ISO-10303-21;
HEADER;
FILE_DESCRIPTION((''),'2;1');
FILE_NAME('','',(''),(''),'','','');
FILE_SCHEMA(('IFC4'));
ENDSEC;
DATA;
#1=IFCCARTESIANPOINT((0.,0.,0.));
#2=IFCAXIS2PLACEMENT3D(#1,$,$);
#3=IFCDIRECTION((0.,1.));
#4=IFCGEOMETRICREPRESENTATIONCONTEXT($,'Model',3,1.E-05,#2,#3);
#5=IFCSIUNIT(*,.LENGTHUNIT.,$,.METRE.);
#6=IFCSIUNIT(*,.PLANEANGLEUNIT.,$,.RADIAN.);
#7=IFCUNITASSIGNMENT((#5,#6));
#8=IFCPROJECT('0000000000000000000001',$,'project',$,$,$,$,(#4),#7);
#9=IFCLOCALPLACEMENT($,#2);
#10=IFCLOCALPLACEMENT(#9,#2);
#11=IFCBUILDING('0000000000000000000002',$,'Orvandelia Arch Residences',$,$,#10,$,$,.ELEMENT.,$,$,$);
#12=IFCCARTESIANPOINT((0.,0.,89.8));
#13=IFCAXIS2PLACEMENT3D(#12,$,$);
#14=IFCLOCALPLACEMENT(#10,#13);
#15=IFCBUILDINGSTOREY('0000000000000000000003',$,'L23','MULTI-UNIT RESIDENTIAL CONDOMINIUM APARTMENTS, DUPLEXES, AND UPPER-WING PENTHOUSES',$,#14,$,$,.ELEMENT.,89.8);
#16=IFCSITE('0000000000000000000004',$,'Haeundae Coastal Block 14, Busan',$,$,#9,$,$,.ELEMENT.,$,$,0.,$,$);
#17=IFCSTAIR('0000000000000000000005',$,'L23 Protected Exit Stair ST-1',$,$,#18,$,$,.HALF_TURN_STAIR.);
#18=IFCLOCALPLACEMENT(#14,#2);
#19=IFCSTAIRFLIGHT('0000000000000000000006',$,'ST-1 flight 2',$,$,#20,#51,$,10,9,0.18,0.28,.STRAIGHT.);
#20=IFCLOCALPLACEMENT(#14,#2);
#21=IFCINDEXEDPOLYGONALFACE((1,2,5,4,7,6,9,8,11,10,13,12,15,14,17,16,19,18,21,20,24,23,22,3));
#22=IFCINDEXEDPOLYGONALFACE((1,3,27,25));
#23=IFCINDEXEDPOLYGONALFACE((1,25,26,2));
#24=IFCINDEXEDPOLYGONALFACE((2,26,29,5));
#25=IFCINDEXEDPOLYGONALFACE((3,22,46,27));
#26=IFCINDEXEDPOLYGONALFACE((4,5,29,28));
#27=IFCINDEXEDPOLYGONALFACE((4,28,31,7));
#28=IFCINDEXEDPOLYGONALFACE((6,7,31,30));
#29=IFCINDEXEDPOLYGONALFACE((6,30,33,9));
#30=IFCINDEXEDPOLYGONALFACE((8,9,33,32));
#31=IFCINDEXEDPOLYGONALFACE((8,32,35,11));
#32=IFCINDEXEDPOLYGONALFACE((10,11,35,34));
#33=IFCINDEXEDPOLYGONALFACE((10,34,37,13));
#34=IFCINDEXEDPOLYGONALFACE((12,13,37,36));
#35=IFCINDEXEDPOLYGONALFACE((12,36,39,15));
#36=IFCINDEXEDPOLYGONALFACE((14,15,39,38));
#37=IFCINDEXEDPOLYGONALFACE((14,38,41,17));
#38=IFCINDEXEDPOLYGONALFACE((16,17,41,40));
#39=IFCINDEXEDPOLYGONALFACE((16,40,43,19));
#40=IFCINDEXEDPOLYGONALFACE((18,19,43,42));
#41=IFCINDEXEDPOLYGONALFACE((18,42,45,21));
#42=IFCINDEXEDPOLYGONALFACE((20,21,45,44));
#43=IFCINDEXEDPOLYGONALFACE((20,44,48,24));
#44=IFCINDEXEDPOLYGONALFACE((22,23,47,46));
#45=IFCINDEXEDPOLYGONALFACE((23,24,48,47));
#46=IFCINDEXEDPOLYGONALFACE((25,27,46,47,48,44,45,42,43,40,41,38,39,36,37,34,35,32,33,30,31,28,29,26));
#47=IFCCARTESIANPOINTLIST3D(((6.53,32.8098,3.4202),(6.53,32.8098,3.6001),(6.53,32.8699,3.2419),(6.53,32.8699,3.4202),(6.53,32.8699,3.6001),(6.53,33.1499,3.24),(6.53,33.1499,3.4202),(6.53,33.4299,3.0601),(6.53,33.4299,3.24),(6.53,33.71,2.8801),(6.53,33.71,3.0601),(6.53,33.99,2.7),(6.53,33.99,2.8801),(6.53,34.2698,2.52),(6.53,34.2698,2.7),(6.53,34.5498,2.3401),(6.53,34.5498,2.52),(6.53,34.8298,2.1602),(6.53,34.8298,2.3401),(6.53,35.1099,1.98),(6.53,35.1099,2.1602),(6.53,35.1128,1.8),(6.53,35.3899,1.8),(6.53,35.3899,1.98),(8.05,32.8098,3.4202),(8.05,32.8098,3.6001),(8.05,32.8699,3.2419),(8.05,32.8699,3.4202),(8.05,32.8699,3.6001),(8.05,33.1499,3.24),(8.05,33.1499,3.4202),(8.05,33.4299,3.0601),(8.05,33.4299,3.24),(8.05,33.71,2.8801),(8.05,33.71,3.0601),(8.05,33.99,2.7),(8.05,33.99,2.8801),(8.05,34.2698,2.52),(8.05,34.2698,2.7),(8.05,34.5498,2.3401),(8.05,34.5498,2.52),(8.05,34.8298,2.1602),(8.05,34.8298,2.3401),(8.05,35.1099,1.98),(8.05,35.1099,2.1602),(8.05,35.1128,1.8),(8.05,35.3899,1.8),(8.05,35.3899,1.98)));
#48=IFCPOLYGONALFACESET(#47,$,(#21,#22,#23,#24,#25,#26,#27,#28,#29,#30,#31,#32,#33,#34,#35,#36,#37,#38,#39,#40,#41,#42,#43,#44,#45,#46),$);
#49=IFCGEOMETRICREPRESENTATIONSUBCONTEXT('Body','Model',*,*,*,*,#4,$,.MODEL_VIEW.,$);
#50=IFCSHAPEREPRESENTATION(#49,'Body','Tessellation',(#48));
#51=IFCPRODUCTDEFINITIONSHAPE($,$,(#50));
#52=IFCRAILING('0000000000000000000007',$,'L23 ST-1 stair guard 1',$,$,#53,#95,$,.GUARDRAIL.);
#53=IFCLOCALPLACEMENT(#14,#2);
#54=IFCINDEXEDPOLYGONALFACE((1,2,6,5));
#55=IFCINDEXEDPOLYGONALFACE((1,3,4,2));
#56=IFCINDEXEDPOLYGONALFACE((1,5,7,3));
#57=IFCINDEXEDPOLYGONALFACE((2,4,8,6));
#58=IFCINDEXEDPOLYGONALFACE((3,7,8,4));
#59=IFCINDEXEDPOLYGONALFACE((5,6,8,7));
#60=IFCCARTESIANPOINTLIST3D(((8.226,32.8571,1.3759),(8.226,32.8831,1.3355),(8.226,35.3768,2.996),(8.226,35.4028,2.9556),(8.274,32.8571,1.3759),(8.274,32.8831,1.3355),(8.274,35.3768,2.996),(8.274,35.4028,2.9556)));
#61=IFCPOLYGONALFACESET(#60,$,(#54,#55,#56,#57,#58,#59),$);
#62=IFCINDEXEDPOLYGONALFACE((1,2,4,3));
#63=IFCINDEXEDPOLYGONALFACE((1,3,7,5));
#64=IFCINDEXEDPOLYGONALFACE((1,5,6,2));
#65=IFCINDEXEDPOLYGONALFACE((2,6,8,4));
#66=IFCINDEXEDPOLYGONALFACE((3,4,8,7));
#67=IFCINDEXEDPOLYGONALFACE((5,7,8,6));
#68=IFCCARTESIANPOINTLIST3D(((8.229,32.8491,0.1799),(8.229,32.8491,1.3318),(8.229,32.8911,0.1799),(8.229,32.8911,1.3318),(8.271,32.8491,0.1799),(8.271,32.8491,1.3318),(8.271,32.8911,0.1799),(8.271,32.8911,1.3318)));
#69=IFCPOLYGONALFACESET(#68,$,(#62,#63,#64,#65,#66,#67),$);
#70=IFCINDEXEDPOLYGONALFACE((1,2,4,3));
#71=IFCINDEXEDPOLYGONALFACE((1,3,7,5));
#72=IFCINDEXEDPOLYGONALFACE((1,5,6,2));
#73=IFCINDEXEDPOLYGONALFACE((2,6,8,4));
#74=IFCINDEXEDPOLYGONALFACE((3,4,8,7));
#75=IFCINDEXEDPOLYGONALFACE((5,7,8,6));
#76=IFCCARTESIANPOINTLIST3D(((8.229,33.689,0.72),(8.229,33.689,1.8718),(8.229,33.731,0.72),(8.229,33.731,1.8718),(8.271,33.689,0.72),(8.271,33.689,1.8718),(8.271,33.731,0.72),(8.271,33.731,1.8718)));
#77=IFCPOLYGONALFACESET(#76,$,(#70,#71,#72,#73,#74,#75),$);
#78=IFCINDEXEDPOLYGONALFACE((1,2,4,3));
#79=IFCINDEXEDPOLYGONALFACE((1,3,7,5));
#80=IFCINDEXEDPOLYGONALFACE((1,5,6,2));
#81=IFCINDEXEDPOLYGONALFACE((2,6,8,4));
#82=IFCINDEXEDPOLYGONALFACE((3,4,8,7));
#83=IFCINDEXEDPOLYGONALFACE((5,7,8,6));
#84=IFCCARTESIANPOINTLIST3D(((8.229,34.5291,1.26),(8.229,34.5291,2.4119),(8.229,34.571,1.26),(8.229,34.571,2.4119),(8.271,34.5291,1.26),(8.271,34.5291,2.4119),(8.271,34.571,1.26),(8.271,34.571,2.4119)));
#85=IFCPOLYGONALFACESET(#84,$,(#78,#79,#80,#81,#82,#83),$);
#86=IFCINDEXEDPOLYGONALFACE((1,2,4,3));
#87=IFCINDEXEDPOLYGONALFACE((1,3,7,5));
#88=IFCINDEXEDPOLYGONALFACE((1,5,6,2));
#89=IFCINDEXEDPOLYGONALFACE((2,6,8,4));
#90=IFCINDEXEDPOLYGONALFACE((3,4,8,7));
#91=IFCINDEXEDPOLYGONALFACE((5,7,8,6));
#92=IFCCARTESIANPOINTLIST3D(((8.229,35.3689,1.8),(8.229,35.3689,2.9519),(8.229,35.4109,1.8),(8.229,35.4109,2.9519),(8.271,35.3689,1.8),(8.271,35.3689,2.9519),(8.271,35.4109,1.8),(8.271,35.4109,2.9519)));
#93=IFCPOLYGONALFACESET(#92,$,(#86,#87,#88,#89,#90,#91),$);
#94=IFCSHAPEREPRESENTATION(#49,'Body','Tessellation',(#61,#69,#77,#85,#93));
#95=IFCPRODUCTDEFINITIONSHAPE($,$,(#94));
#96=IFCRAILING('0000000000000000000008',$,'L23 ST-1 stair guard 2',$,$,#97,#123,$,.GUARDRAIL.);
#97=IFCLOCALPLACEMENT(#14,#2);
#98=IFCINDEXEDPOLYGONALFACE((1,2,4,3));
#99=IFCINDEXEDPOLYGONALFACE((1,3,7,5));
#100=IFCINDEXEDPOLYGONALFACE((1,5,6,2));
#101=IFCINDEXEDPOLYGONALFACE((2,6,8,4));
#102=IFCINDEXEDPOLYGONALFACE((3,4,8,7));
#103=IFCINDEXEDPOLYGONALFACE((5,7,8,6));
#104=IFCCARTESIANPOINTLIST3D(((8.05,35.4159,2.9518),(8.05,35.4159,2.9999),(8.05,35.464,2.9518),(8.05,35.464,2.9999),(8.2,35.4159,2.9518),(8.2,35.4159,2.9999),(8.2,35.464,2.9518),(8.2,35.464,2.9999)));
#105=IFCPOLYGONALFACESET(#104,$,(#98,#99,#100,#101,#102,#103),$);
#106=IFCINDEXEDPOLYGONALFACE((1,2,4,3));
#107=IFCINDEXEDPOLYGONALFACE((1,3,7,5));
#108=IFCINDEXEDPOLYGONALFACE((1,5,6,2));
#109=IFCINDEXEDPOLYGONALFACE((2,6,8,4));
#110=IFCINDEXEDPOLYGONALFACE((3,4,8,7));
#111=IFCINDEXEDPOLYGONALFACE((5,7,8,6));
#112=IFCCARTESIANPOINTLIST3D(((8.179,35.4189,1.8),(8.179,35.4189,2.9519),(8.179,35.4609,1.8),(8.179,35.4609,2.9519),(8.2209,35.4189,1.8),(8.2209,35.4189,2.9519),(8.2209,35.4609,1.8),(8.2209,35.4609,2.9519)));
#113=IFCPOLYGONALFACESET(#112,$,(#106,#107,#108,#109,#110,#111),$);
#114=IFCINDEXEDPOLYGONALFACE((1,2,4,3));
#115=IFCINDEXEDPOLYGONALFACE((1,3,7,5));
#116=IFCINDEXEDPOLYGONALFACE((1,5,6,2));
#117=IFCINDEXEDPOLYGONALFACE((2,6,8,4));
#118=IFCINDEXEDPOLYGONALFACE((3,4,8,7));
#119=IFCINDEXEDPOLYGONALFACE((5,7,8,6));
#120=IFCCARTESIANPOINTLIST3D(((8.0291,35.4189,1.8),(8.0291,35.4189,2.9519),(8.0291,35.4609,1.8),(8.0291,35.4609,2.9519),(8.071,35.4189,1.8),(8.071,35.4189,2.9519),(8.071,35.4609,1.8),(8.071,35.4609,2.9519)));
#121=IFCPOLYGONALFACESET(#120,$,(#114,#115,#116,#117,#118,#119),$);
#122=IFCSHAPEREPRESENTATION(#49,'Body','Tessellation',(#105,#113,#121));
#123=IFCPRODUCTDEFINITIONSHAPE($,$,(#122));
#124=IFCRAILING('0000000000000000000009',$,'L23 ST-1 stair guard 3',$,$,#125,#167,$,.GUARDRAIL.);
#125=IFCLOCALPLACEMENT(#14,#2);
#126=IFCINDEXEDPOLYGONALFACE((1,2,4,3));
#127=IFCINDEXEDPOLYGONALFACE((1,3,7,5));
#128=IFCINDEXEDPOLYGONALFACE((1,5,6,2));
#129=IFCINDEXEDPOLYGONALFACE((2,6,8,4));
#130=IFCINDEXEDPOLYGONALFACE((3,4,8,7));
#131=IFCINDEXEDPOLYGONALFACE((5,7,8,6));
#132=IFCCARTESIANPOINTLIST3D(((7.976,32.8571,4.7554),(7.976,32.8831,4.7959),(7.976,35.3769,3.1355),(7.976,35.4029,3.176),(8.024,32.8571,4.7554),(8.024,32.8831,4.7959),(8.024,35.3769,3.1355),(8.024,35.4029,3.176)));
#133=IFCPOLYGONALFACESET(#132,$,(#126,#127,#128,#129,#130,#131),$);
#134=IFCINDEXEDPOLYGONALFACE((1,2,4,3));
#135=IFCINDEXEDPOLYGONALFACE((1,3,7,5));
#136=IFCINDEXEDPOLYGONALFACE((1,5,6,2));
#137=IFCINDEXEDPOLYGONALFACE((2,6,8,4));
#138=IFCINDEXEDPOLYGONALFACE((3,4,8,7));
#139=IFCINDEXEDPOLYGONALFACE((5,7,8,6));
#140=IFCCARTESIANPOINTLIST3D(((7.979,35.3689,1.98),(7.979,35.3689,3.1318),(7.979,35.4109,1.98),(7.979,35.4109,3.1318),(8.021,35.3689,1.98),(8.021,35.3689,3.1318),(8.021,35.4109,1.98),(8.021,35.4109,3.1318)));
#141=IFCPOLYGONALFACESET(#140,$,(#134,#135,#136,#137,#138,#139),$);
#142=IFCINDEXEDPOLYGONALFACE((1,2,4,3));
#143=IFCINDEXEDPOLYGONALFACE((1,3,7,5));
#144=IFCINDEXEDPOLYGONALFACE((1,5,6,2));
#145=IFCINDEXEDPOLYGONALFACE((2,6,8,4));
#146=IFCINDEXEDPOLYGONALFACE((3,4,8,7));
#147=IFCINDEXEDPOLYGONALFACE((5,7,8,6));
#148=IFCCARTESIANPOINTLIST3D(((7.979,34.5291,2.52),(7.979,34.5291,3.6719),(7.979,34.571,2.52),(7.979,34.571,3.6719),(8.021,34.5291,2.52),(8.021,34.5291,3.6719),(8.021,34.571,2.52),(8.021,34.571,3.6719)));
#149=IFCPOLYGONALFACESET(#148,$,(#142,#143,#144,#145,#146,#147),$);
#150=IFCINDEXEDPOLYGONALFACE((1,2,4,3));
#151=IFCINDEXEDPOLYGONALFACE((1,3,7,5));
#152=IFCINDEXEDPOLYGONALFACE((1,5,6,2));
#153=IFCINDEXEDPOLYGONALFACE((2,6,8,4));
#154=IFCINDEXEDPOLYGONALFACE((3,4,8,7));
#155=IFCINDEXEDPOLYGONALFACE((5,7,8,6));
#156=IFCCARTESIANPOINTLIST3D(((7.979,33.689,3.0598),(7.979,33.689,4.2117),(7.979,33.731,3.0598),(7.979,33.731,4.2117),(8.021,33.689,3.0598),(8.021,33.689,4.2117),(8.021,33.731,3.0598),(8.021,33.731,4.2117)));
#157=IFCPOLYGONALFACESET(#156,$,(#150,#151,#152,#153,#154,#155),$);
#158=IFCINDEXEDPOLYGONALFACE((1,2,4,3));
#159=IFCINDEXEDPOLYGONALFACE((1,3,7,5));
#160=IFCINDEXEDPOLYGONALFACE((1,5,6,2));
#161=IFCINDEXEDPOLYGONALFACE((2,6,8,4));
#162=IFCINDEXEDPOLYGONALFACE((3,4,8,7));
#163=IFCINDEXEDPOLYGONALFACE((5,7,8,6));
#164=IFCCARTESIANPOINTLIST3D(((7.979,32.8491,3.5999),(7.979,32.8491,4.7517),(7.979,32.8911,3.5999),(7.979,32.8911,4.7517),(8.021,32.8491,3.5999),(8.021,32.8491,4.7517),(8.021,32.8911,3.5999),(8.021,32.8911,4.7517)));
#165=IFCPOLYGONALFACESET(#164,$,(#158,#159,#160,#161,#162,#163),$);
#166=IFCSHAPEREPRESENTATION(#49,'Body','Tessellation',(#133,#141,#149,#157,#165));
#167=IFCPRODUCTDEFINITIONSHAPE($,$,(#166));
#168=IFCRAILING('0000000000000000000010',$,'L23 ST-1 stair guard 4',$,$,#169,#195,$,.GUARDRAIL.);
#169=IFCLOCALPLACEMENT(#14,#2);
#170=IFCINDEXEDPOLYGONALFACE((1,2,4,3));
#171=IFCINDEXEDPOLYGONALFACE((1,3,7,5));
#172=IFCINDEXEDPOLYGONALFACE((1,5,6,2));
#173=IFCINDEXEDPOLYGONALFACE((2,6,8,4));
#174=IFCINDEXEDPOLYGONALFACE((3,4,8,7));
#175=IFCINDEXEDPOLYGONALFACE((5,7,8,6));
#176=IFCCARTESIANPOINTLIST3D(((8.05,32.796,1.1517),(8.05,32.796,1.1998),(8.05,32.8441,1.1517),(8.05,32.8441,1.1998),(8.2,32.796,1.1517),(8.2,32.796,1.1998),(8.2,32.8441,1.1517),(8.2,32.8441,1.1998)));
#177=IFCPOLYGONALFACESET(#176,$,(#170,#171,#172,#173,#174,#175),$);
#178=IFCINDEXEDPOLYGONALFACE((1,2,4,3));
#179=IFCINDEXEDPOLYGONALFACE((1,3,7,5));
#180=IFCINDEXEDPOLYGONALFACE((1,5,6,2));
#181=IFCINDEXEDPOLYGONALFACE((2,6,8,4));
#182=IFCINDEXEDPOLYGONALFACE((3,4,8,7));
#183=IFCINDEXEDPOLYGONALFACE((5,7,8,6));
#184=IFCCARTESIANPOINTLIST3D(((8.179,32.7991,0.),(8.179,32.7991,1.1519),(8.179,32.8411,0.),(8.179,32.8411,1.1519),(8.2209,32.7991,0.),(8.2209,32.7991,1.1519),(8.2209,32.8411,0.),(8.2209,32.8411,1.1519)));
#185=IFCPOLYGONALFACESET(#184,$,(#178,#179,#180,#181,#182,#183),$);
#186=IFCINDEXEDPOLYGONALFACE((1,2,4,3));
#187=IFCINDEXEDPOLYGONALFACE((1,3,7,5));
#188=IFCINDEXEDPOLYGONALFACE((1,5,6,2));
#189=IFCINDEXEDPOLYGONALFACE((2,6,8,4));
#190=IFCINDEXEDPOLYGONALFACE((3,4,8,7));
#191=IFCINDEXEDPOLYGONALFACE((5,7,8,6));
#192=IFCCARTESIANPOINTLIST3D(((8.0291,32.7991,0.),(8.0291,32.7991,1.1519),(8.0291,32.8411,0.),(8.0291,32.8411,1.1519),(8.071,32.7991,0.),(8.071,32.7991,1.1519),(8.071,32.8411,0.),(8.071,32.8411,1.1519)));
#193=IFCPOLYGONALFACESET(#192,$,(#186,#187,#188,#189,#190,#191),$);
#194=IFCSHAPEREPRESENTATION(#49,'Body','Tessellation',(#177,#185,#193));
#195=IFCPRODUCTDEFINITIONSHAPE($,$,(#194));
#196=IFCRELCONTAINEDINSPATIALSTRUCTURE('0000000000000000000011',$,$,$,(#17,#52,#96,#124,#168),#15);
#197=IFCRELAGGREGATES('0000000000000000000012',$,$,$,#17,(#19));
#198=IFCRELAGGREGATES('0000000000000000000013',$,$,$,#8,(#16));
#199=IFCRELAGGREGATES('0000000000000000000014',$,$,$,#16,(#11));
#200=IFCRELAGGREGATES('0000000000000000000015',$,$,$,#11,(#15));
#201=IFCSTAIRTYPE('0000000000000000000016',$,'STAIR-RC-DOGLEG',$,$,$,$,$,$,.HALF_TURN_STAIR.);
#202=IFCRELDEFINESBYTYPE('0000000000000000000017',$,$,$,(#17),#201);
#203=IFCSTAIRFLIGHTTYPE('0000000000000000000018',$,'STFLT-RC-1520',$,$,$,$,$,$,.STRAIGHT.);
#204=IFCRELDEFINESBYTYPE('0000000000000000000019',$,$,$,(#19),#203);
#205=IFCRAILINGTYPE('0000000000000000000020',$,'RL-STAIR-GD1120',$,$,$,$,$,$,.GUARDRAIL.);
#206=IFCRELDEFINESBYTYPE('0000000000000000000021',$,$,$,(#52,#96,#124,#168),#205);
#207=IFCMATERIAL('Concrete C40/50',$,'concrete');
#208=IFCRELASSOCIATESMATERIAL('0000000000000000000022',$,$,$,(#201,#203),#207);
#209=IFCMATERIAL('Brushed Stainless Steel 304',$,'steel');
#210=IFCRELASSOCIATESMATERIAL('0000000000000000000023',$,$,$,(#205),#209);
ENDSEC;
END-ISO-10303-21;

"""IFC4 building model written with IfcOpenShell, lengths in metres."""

from ifc_helpers import new_model, si_unit, direction, frame, origin, origin_2d, place, context, subcontext, project, spatial, polyline, rectangle, outline, extrude, material, type_object, element, aggregate, save


model = new_model("IFC4")

# Units and contexts
model_context = context("Model", 3, precision=1e-05, world=origin(), true_north=direction((0.0, 1.0)))
body_context = subcontext(model_context, "Body", "Model", "MODEL_VIEW")
ifc_project = project(units=[si_unit("LENGTHUNIT", "METRE"), si_unit("PLANEANGLEUNIT", "RADIAN")], contexts=[model_context])

# Site, building, storey
site_placement = place(None, origin())
site = spatial("IfcSite", under=ifc_project, at=site_placement, Name="Haeundae Coastal Block 14, Busan", CompositionType="ELEMENT", RefElevation=0.0)
building_placement = place(site_placement, origin())
building = spatial("IfcBuilding", under=site, at=building_placement, Name="Orvandelia Arch Residences", CompositionType="ELEMENT")
storey_placement = place(building_placement, frame((0.0, 0.0, 89.8)))
storey = spatial("IfcBuildingStorey", under=building, at=storey_placement, Name="L23", Description="MULTI-UNIT RESIDENTIAL CONDOMINIUM APARTMENTS, DUPLEXES, AND UPPER-WING PENTHOUSES", CompositionType="ELEMENT", Elevation=89.8)

# Stair, stair flight
ifc_material_1 = material(Name="Concrete C40/50", Category="concrete")
stair_type = type_object("IfcStairType", Name="STAIR-RC-DOGLEG", PredefinedType="HALF_TURN_STAIR", material=ifc_material_1)
stair_placement = place(storey_placement, origin())
stair = element("IfcStair", 1, at=stair_placement, inside=storey, type_object=stair_type, Name="L23 Protected Exit Stair ST-1", PredefinedType="HALF_TURN_STAIR")
stair_flight_type = type_object("IfcStairFlightType", Name="STFLT-RC-1520", PredefinedType="STRAIGHT", material=ifc_material_1)
stair_flight_1_placement = place(storey_placement, frame((7.29, 35.3899, 1.8), z_axis=(0.0, 0.0, 1.0), x_axis=(0.0, -1.0, 0.0)))
stair_flight_1 = element("IfcStairFlight", 2, at=stair_flight_1_placement, type_object=stair_flight_type, Name="ST-1 flight 2", NumberOfRisers=10, NumberOfTreads=9, PredefinedType="STRAIGHT", RiserHeight=0.18, TreadLength=0.28, context=body_context, shape_type="SweptSolid", body=[
    extrude(outline(polyline([(0.0, 0.0), (0.0, 0.1799), (0.28, 0.1799), (0.28, 0.3601), (0.5601, 0.3601), (0.5601, 0.54), (0.8401, 0.54), (0.8401, 0.72), (1.1201, 0.72), (1.1201, 0.8999), (1.3999, 0.8999), (1.3999, 1.0801), (1.6799, 1.0801), (1.6799, 1.26), (1.96, 1.26), (1.96, 1.4399), (2.24, 1.4399), (2.24, 1.6201), (2.52, 1.6201), (2.52, 1.8), (2.5801, 1.8), (2.5801, 1.6201), (2.52, 1.4419), (0.2771, 0.0), (0.0, 0.0)])), frame((0.0, 0.76, 0.0), z_axis=(0.0, -1.0, 0.0), x_axis=(1.0, 0.0, 0.0)), (0.0, 0.0, 1.0), 1.52),
])
aggregate(stair, [stair_flight_1])

# Railings
ifc_material_2 = material(Name="Brushed Stainless Steel 304", Category="steel")
railing_type_1 = type_object("IfcRailingType", Name="RL-STAIR-GD1120", PredefinedType="GUARDRAIL", material=ifc_material_2)
railing_1_placement = place(storey_placement, frame((8.25, 32.8701, 0.1799)))
element("IfcRailing", 3, at=railing_1_placement, inside=storey, type_object=railing_type_1, Name="L23 ST-1 stair guard 1", PredefinedType="GUARDRAIL", context=body_context, shape_type="SweptSolid", body=[
    extrude(rectangle(XDim=0.0481, YDim=0.0481, at=origin_2d()), frame((0.0, 0.0, 1.1758), z_axis=(0.0, 0.841139, 0.540819), x_axis=(-1.0, 0.0, 0.0)), (0.0, 0.0, 1.0), 2.9956),
    extrude(rectangle(XDim=0.042, YDim=0.042, at=origin_2d()), origin(), (0.0, 0.0, 1.0), 1.1519),
    extrude(rectangle(XDim=0.042, YDim=0.042, at=origin_2d()), frame((0.0, 0.8398, 0.54)), (0.0, 0.0, 1.0), 1.1519),
    extrude(rectangle(XDim=0.042, YDim=0.042, at=origin_2d()), frame((0.0, 1.6799, 1.0801)), (0.0, 0.0, 1.0), 1.1519),
    extrude(rectangle(XDim=0.042, YDim=0.042, at=origin_2d()), frame((0.0, 2.5198, 1.6201)), (0.0, 0.0, 1.0), 1.1519),
])
railing_2_placement = place(storey_placement, frame((8.2, 35.4399, 1.8)))
element("IfcRailing", 4, at=railing_2_placement, inside=storey, type_object=railing_type_1, Name="L23 ST-1 stair guard 2", PredefinedType="GUARDRAIL", context=body_context, shape_type="SweptSolid", body=[
    extrude(rectangle(XDim=0.0481, YDim=0.0481, at=origin_2d()), frame((0.0, 0.0, 1.1758), z_axis=(-1.0, 0.0, 0.0), x_axis=(0.0, -1.0, 0.0)), (0.0, 0.0, 1.0), 0.1499),
    extrude(rectangle(XDim=0.042, YDim=0.042, at=origin_2d()), origin(), (0.0, 0.0, 1.0), 1.1519),
    extrude(rectangle(XDim=0.042, YDim=0.042, at=origin_2d()), frame((-0.1499, 0.0, 0.0)), (0.0, 0.0, 1.0), 1.1519),
])
railing_3_placement = place(storey_placement, frame((8.0, 35.3899, 1.98)))
element("IfcRailing", 5, at=railing_3_placement, inside=storey, type_object=railing_type_1, Name="L23 ST-1 stair guard 3", PredefinedType="GUARDRAIL", context=body_context, shape_type="SweptSolid", body=[
    extrude(rectangle(XDim=0.0481, YDim=0.0481, at=origin_2d()), frame((0.0, 0.0, 1.1758), z_axis=(0.0, -0.841176, 0.540762), x_axis=(1.0, 0.0, 0.0)), (0.0, 0.0, 1.0), 2.9956),
    extrude(rectangle(XDim=0.042, YDim=0.042, at=origin_2d()), origin(), (0.0, 0.0, 1.0), 1.1519),
    extrude(rectangle(XDim=0.042, YDim=0.042, at=origin_2d()), frame((0.0, -0.8398, 0.54)), (0.0, 0.0, 1.0), 1.1519),
    extrude(rectangle(XDim=0.042, YDim=0.042, at=origin_2d()), frame((0.0, -1.6799, 1.0798)), (0.0, 0.0, 1.0), 1.1519),
    extrude(rectangle(XDim=0.042, YDim=0.042, at=origin_2d()), frame((0.0, -2.5198, 1.6199)), (0.0, 0.0, 1.0), 1.1519),
])
railing_4_placement = place(storey_placement, frame((8.2, 32.8201, 0.0)))
element("IfcRailing", 6, at=railing_4_placement, inside=storey, type_object=railing_type_1, Name="L23 ST-1 stair guard 4", PredefinedType="GUARDRAIL", context=body_context, shape_type="SweptSolid", body=[
    extrude(rectangle(XDim=0.0481, YDim=0.0481, at=origin_2d()), frame((0.0, 0.0, 1.1758), z_axis=(-1.0, 0.0, 0.0), x_axis=(0.0, -1.0, 0.0)), (0.0, 0.0, 1.0), 0.1499),
    extrude(rectangle(XDim=0.042, YDim=0.042, at=origin_2d()), origin(), (0.0, 0.0, 1.0), 1.1519),
    extrude(rectangle(XDim=0.042, YDim=0.042, at=origin_2d()), frame((-0.1499, 0.0, 0.0)), (0.0, 0.0, 1.0), 1.1519),
])

save(model, "model.ifc")
